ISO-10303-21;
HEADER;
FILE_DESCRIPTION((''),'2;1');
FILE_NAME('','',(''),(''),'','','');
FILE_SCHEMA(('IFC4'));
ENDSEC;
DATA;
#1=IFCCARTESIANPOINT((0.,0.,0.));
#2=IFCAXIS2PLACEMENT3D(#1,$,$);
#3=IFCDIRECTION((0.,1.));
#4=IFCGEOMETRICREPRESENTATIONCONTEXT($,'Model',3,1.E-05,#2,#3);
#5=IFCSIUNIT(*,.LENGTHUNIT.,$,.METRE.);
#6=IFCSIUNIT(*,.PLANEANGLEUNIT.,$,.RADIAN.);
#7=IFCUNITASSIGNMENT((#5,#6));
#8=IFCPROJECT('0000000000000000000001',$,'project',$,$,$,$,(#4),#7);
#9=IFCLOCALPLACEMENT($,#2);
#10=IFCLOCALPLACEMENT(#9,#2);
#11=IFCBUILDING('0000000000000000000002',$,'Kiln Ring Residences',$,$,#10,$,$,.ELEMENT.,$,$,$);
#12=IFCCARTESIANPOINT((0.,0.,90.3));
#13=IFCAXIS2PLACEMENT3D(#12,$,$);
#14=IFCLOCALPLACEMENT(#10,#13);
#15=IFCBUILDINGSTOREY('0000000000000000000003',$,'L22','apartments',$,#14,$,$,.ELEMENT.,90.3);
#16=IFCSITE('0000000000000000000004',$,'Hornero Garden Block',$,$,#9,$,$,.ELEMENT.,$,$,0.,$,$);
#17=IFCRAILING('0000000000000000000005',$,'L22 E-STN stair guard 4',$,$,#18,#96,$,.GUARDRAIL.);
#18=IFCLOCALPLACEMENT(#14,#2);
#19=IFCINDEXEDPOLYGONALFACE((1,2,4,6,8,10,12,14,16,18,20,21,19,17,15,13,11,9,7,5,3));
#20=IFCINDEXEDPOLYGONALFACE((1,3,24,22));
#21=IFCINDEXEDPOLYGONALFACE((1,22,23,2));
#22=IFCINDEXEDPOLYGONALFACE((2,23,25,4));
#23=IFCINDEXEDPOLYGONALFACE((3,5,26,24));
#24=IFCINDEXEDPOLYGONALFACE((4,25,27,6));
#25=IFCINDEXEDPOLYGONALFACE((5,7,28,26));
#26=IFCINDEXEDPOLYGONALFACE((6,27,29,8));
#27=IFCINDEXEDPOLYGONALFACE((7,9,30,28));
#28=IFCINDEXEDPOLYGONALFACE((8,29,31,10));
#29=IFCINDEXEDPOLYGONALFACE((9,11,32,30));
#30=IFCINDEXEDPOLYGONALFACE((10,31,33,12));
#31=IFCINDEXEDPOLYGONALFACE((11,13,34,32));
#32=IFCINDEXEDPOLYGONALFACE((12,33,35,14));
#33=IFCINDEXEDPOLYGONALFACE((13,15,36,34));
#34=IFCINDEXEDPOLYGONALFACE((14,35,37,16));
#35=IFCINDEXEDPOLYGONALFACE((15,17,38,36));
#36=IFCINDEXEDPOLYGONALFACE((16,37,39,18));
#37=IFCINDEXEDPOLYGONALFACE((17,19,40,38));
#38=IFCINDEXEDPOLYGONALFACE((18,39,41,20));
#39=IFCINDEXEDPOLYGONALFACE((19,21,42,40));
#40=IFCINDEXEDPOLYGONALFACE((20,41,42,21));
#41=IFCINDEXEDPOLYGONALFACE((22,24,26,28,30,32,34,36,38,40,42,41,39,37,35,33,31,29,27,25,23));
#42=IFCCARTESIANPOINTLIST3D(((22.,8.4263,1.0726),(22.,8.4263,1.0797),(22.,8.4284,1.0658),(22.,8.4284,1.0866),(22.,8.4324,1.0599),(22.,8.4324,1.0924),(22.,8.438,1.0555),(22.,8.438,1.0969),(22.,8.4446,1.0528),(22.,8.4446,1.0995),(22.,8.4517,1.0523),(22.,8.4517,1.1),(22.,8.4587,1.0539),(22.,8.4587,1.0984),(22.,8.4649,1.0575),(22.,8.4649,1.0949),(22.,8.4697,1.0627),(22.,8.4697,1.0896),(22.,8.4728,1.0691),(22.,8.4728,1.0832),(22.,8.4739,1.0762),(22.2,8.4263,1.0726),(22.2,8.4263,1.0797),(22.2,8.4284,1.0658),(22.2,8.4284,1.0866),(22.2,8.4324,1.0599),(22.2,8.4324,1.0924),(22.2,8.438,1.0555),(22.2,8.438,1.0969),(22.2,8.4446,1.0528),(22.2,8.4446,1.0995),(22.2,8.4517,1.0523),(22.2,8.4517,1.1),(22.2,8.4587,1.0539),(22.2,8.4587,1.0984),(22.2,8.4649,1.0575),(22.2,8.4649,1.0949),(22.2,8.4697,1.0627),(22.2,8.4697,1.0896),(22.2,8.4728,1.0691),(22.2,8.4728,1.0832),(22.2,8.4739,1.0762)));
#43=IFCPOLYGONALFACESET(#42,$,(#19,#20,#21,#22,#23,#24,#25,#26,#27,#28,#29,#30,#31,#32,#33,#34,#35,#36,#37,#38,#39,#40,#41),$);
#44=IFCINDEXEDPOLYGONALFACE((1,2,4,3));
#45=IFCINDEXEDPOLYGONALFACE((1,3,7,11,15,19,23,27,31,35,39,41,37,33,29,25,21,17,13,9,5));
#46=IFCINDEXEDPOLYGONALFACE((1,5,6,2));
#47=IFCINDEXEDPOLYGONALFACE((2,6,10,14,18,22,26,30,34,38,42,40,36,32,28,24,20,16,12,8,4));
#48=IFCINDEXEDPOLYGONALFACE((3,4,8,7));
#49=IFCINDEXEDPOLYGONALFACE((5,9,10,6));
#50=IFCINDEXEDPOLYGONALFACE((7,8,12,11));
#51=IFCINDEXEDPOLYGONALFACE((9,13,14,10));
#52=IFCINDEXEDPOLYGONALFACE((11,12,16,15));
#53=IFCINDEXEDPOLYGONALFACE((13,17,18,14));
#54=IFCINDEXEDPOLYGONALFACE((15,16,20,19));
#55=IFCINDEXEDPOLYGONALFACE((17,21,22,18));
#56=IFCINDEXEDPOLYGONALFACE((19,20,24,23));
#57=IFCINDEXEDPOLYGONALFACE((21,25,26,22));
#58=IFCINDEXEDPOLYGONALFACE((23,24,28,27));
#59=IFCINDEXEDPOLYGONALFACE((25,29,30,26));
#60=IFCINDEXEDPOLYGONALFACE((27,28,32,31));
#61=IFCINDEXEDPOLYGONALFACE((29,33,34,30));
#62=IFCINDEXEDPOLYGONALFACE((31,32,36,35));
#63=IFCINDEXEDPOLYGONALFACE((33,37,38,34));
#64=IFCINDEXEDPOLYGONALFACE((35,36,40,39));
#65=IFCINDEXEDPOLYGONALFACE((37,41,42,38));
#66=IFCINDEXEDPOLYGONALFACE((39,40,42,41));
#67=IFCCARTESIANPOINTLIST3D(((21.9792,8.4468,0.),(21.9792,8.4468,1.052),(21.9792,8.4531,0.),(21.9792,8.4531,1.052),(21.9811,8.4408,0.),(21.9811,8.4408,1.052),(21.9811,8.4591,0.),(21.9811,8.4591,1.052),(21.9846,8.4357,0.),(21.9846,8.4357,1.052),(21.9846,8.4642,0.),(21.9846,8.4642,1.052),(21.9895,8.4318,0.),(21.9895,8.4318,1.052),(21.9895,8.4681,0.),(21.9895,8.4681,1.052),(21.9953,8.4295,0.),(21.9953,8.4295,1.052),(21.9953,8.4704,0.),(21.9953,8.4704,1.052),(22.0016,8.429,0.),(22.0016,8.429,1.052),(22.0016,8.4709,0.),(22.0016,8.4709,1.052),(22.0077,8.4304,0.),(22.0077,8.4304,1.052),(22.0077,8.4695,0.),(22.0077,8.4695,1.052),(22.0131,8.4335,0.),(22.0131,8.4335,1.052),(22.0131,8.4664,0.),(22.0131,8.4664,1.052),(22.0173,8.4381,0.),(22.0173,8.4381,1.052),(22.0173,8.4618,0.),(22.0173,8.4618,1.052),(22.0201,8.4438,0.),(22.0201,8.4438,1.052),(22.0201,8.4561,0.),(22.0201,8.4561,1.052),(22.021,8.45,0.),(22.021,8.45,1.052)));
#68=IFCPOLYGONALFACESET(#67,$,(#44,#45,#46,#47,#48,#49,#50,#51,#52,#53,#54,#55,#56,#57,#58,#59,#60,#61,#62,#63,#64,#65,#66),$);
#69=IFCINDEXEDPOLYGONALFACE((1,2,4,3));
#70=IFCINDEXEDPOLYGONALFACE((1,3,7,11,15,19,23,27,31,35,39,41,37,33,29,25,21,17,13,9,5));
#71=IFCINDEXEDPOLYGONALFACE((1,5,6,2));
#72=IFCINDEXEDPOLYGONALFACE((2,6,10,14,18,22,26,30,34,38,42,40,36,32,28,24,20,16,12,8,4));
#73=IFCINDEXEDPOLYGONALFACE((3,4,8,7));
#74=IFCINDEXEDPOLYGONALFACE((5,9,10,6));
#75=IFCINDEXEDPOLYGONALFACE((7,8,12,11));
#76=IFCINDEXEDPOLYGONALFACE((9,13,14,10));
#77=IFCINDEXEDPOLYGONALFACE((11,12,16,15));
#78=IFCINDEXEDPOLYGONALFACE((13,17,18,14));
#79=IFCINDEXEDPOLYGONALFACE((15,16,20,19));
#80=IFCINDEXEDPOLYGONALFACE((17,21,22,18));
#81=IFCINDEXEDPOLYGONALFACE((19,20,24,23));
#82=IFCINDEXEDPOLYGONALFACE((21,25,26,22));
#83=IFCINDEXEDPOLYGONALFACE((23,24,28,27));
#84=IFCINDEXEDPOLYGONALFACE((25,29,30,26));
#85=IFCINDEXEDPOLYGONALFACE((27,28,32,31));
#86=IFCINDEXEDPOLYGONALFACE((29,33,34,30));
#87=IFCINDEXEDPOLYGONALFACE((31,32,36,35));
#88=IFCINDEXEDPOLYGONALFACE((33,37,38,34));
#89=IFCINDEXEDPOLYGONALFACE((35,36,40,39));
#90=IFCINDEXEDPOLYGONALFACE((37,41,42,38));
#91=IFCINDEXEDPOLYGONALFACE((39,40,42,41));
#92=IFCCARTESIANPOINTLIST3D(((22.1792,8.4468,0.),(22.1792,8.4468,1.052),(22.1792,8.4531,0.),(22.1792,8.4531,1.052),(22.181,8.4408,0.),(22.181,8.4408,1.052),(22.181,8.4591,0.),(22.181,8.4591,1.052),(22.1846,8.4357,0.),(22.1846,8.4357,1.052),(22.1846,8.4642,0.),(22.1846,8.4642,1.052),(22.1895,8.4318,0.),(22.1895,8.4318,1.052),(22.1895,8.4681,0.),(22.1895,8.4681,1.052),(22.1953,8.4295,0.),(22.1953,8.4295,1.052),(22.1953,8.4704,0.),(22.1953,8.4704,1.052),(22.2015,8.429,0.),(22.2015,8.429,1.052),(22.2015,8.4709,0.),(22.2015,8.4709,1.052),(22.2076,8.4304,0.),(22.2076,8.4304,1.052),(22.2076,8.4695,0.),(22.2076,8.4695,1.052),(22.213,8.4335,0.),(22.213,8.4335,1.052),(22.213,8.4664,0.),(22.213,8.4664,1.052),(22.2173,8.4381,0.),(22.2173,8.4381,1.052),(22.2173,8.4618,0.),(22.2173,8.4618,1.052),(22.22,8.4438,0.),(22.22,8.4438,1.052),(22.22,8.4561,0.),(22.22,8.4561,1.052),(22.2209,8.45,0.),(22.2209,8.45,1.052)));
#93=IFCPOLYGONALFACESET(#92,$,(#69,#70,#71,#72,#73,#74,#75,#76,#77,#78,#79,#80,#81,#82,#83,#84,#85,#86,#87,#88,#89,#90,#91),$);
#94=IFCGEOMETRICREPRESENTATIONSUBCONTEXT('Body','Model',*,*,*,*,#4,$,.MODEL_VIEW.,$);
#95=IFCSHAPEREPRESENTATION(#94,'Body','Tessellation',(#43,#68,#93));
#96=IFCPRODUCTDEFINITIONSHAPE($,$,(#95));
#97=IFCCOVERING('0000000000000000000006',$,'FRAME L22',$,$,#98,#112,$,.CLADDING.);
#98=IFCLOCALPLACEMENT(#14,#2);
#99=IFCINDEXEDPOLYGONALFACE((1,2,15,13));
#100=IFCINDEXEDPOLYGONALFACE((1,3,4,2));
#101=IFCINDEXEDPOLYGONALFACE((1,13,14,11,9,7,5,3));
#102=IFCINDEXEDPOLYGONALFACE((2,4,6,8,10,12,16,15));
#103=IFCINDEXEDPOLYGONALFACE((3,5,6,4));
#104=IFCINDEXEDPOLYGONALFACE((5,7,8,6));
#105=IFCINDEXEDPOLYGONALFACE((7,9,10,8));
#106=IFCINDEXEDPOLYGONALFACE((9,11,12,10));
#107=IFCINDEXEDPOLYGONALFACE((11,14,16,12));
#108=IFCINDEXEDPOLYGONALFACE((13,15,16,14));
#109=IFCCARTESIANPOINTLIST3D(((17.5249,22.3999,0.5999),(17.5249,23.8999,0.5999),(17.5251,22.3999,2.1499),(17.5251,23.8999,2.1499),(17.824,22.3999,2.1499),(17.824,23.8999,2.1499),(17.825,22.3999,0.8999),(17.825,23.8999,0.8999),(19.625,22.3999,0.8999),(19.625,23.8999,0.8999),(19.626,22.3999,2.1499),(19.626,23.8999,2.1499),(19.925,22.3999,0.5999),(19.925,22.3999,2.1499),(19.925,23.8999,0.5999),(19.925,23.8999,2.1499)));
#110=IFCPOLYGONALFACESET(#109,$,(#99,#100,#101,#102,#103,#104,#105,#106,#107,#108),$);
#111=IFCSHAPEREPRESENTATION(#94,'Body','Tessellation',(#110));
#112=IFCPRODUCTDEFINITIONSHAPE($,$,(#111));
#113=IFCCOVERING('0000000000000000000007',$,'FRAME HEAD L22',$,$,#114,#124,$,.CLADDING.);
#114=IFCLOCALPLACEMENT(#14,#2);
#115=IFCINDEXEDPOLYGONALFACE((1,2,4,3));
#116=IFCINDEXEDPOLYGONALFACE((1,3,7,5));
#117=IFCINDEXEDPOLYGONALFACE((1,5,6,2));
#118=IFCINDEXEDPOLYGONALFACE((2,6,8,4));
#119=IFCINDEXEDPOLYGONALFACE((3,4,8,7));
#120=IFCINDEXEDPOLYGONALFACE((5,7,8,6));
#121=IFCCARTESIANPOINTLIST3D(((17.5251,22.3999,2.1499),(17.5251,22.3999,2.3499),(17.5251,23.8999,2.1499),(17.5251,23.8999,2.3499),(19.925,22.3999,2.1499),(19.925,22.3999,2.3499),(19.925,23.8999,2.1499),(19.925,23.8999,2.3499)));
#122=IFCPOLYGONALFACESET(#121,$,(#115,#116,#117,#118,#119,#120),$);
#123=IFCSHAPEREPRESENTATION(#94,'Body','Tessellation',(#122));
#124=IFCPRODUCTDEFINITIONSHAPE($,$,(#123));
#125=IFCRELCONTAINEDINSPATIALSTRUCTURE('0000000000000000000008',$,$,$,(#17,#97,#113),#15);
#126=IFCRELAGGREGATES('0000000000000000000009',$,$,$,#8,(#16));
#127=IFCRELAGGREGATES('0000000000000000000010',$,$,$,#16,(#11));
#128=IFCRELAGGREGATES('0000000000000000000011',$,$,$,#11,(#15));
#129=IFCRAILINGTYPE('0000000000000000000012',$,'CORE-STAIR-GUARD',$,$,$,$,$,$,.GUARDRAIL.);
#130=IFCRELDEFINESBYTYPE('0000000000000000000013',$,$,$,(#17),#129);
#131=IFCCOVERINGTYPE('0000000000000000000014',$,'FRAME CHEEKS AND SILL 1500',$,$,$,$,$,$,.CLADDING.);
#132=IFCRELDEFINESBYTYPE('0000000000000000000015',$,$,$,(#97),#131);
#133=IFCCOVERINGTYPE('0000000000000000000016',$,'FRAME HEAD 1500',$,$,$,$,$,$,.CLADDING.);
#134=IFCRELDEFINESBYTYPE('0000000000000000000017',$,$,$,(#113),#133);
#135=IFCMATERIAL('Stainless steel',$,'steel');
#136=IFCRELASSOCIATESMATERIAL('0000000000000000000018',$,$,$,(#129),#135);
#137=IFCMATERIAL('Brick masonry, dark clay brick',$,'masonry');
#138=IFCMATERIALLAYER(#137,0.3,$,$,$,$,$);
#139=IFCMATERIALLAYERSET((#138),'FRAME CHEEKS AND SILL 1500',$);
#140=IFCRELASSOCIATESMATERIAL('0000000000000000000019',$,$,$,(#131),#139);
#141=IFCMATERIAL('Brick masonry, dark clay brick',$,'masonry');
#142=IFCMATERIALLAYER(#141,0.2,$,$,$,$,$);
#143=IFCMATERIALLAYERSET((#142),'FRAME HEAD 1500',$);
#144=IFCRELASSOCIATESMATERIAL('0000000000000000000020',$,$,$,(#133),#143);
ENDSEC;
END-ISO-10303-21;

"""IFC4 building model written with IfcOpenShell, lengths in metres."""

from ifc_helpers import new_model, si_unit, direction, frame, origin, origin_2d, place, context, subcontext, project, spatial, polyline, rectangle, circle, outline, extrude, material, layer, layer_set, type_object, element, save


model = new_model("IFC4")

# Units and contexts
model_context = context("Model", 3, precision=1e-05, world=origin(), true_north=direction((0.0, 1.0)))
body_context = subcontext(model_context, "Body", "Model", "MODEL_VIEW")
ifc_project = project(units=[si_unit("LENGTHUNIT", "METRE"), si_unit("PLANEANGLEUNIT", "RADIAN")], contexts=[model_context])

# Site, building, storey
site_placement = place(None, origin())
site = spatial("IfcSite", under=ifc_project, at=site_placement, Name="Hornero Garden Block", CompositionType="ELEMENT", RefElevation=0.0)
building_placement = place(site_placement, origin())
building = spatial("IfcBuilding", under=site, at=building_placement, Name="Kiln Ring Residences", CompositionType="ELEMENT")
storey_placement = place(building_placement, frame((0.0, 0.0, 90.3)))
storey = spatial("IfcBuildingStorey", under=building, at=storey_placement, Name="L22", Description="apartments", CompositionType="ELEMENT", Elevation=90.3)

# Railing
ifc_material_1 = material(Name="Stainless steel", Category="steel")
railing_type = type_object("IfcRailingType", Name="CORE-STAIR-GUARD", PredefinedType="GUARDRAIL", material=ifc_material_1)
railing_1_placement = place(storey_placement, frame((22.0, 8.45, 0.0)))
element("IfcRailing", 1, at=railing_1_placement, inside=storey, type_object=railing_type, Name="L22 E-STN stair guard 4", PredefinedType="GUARDRAIL", context=body_context, shape_type="SweptSolid", body=[
    extrude(circle(Radius=0.0239, at=origin_2d()), frame((0.0, 0.0, 1.0762), z_axis=(1.0, 0.0, 0.0), x_axis=(0.0, 1.0, 0.0)), (0.0, 0.0, 1.0), 0.2),
    extrude(circle(Radius=0.021, at=origin_2d()), origin(), (0.0, 0.0, 1.0), 1.052),
    extrude(circle(Radius=0.021, at=origin_2d()), frame((0.2, 0.0, 0.0)), (0.0, 0.0, 1.0), 1.052),
])

# Coverings
ifc_material_2 = material(Name="Brick masonry, dark clay brick", Category="masonry")
ifc_layer_1 = layer(ifc_material_2, 0.3)
ifc_layer_set_1 = layer_set([ifc_layer_1], Name="FRAME CHEEKS AND SILL 1500")
covering_type_1 = type_object("IfcCoveringType", Name="FRAME CHEEKS AND SILL 1500", PredefinedType="CLADDING", material=ifc_layer_set_1)
covering_1_placement = place(storey_placement, frame((19.925, 23.1499, 0.5999), z_axis=(0.0, 0.0, 1.0), x_axis=(-1.0, 0.0, 0.0)))
element("IfcCovering", 2, at=covering_1_placement, inside=storey, type_object=covering_type_1, Name="FRAME L22", PredefinedType="CLADDING", context=body_context, shape_type="SweptSolid", body=[
    extrude(outline(polyline([(0.0, 0.0), (2.4001, 0.0), (2.3999, 1.55), (2.1011, 1.55), (2.1001, 0.3), (0.3, 0.3), (0.2991, 1.55), (0.0, 1.55), (0.0, 0.0)])), frame((0.0, 0.75, 0.0), z_axis=(0.0, -1.0, 0.0), x_axis=(1.0, 0.0, 0.0)), (0.0, 0.0, 1.0), 1.5),
])
ifc_material_3 = material(Name="Brick masonry, dark clay brick", Category="masonry")
ifc_layer_2 = layer(ifc_material_3, 0.2)
ifc_layer_set_2 = layer_set([ifc_layer_2], Name="FRAME HEAD 1500")
covering_type_2 = type_object("IfcCoveringType", Name="FRAME HEAD 1500", PredefinedType="CLADDING", material=ifc_layer_set_2)
covering_2_placement = place(storey_placement, frame((18.7251, 23.1499, 2.1499), z_axis=(0.0, 0.0, 1.0), x_axis=(-1.0, 0.0, 0.0)))
element("IfcCovering", 3, at=covering_2_placement, inside=storey, type_object=covering_type_2, Name="FRAME HEAD L22", PredefinedType="CLADDING", context=body_context, shape_type="SweptSolid", body=[
    extrude(rectangle(XDim=2.3999, YDim=1.5, at=origin_2d()), origin(), (0.0, 0.0, 1.0), 0.2),
])

save(model, "model.ifc")
